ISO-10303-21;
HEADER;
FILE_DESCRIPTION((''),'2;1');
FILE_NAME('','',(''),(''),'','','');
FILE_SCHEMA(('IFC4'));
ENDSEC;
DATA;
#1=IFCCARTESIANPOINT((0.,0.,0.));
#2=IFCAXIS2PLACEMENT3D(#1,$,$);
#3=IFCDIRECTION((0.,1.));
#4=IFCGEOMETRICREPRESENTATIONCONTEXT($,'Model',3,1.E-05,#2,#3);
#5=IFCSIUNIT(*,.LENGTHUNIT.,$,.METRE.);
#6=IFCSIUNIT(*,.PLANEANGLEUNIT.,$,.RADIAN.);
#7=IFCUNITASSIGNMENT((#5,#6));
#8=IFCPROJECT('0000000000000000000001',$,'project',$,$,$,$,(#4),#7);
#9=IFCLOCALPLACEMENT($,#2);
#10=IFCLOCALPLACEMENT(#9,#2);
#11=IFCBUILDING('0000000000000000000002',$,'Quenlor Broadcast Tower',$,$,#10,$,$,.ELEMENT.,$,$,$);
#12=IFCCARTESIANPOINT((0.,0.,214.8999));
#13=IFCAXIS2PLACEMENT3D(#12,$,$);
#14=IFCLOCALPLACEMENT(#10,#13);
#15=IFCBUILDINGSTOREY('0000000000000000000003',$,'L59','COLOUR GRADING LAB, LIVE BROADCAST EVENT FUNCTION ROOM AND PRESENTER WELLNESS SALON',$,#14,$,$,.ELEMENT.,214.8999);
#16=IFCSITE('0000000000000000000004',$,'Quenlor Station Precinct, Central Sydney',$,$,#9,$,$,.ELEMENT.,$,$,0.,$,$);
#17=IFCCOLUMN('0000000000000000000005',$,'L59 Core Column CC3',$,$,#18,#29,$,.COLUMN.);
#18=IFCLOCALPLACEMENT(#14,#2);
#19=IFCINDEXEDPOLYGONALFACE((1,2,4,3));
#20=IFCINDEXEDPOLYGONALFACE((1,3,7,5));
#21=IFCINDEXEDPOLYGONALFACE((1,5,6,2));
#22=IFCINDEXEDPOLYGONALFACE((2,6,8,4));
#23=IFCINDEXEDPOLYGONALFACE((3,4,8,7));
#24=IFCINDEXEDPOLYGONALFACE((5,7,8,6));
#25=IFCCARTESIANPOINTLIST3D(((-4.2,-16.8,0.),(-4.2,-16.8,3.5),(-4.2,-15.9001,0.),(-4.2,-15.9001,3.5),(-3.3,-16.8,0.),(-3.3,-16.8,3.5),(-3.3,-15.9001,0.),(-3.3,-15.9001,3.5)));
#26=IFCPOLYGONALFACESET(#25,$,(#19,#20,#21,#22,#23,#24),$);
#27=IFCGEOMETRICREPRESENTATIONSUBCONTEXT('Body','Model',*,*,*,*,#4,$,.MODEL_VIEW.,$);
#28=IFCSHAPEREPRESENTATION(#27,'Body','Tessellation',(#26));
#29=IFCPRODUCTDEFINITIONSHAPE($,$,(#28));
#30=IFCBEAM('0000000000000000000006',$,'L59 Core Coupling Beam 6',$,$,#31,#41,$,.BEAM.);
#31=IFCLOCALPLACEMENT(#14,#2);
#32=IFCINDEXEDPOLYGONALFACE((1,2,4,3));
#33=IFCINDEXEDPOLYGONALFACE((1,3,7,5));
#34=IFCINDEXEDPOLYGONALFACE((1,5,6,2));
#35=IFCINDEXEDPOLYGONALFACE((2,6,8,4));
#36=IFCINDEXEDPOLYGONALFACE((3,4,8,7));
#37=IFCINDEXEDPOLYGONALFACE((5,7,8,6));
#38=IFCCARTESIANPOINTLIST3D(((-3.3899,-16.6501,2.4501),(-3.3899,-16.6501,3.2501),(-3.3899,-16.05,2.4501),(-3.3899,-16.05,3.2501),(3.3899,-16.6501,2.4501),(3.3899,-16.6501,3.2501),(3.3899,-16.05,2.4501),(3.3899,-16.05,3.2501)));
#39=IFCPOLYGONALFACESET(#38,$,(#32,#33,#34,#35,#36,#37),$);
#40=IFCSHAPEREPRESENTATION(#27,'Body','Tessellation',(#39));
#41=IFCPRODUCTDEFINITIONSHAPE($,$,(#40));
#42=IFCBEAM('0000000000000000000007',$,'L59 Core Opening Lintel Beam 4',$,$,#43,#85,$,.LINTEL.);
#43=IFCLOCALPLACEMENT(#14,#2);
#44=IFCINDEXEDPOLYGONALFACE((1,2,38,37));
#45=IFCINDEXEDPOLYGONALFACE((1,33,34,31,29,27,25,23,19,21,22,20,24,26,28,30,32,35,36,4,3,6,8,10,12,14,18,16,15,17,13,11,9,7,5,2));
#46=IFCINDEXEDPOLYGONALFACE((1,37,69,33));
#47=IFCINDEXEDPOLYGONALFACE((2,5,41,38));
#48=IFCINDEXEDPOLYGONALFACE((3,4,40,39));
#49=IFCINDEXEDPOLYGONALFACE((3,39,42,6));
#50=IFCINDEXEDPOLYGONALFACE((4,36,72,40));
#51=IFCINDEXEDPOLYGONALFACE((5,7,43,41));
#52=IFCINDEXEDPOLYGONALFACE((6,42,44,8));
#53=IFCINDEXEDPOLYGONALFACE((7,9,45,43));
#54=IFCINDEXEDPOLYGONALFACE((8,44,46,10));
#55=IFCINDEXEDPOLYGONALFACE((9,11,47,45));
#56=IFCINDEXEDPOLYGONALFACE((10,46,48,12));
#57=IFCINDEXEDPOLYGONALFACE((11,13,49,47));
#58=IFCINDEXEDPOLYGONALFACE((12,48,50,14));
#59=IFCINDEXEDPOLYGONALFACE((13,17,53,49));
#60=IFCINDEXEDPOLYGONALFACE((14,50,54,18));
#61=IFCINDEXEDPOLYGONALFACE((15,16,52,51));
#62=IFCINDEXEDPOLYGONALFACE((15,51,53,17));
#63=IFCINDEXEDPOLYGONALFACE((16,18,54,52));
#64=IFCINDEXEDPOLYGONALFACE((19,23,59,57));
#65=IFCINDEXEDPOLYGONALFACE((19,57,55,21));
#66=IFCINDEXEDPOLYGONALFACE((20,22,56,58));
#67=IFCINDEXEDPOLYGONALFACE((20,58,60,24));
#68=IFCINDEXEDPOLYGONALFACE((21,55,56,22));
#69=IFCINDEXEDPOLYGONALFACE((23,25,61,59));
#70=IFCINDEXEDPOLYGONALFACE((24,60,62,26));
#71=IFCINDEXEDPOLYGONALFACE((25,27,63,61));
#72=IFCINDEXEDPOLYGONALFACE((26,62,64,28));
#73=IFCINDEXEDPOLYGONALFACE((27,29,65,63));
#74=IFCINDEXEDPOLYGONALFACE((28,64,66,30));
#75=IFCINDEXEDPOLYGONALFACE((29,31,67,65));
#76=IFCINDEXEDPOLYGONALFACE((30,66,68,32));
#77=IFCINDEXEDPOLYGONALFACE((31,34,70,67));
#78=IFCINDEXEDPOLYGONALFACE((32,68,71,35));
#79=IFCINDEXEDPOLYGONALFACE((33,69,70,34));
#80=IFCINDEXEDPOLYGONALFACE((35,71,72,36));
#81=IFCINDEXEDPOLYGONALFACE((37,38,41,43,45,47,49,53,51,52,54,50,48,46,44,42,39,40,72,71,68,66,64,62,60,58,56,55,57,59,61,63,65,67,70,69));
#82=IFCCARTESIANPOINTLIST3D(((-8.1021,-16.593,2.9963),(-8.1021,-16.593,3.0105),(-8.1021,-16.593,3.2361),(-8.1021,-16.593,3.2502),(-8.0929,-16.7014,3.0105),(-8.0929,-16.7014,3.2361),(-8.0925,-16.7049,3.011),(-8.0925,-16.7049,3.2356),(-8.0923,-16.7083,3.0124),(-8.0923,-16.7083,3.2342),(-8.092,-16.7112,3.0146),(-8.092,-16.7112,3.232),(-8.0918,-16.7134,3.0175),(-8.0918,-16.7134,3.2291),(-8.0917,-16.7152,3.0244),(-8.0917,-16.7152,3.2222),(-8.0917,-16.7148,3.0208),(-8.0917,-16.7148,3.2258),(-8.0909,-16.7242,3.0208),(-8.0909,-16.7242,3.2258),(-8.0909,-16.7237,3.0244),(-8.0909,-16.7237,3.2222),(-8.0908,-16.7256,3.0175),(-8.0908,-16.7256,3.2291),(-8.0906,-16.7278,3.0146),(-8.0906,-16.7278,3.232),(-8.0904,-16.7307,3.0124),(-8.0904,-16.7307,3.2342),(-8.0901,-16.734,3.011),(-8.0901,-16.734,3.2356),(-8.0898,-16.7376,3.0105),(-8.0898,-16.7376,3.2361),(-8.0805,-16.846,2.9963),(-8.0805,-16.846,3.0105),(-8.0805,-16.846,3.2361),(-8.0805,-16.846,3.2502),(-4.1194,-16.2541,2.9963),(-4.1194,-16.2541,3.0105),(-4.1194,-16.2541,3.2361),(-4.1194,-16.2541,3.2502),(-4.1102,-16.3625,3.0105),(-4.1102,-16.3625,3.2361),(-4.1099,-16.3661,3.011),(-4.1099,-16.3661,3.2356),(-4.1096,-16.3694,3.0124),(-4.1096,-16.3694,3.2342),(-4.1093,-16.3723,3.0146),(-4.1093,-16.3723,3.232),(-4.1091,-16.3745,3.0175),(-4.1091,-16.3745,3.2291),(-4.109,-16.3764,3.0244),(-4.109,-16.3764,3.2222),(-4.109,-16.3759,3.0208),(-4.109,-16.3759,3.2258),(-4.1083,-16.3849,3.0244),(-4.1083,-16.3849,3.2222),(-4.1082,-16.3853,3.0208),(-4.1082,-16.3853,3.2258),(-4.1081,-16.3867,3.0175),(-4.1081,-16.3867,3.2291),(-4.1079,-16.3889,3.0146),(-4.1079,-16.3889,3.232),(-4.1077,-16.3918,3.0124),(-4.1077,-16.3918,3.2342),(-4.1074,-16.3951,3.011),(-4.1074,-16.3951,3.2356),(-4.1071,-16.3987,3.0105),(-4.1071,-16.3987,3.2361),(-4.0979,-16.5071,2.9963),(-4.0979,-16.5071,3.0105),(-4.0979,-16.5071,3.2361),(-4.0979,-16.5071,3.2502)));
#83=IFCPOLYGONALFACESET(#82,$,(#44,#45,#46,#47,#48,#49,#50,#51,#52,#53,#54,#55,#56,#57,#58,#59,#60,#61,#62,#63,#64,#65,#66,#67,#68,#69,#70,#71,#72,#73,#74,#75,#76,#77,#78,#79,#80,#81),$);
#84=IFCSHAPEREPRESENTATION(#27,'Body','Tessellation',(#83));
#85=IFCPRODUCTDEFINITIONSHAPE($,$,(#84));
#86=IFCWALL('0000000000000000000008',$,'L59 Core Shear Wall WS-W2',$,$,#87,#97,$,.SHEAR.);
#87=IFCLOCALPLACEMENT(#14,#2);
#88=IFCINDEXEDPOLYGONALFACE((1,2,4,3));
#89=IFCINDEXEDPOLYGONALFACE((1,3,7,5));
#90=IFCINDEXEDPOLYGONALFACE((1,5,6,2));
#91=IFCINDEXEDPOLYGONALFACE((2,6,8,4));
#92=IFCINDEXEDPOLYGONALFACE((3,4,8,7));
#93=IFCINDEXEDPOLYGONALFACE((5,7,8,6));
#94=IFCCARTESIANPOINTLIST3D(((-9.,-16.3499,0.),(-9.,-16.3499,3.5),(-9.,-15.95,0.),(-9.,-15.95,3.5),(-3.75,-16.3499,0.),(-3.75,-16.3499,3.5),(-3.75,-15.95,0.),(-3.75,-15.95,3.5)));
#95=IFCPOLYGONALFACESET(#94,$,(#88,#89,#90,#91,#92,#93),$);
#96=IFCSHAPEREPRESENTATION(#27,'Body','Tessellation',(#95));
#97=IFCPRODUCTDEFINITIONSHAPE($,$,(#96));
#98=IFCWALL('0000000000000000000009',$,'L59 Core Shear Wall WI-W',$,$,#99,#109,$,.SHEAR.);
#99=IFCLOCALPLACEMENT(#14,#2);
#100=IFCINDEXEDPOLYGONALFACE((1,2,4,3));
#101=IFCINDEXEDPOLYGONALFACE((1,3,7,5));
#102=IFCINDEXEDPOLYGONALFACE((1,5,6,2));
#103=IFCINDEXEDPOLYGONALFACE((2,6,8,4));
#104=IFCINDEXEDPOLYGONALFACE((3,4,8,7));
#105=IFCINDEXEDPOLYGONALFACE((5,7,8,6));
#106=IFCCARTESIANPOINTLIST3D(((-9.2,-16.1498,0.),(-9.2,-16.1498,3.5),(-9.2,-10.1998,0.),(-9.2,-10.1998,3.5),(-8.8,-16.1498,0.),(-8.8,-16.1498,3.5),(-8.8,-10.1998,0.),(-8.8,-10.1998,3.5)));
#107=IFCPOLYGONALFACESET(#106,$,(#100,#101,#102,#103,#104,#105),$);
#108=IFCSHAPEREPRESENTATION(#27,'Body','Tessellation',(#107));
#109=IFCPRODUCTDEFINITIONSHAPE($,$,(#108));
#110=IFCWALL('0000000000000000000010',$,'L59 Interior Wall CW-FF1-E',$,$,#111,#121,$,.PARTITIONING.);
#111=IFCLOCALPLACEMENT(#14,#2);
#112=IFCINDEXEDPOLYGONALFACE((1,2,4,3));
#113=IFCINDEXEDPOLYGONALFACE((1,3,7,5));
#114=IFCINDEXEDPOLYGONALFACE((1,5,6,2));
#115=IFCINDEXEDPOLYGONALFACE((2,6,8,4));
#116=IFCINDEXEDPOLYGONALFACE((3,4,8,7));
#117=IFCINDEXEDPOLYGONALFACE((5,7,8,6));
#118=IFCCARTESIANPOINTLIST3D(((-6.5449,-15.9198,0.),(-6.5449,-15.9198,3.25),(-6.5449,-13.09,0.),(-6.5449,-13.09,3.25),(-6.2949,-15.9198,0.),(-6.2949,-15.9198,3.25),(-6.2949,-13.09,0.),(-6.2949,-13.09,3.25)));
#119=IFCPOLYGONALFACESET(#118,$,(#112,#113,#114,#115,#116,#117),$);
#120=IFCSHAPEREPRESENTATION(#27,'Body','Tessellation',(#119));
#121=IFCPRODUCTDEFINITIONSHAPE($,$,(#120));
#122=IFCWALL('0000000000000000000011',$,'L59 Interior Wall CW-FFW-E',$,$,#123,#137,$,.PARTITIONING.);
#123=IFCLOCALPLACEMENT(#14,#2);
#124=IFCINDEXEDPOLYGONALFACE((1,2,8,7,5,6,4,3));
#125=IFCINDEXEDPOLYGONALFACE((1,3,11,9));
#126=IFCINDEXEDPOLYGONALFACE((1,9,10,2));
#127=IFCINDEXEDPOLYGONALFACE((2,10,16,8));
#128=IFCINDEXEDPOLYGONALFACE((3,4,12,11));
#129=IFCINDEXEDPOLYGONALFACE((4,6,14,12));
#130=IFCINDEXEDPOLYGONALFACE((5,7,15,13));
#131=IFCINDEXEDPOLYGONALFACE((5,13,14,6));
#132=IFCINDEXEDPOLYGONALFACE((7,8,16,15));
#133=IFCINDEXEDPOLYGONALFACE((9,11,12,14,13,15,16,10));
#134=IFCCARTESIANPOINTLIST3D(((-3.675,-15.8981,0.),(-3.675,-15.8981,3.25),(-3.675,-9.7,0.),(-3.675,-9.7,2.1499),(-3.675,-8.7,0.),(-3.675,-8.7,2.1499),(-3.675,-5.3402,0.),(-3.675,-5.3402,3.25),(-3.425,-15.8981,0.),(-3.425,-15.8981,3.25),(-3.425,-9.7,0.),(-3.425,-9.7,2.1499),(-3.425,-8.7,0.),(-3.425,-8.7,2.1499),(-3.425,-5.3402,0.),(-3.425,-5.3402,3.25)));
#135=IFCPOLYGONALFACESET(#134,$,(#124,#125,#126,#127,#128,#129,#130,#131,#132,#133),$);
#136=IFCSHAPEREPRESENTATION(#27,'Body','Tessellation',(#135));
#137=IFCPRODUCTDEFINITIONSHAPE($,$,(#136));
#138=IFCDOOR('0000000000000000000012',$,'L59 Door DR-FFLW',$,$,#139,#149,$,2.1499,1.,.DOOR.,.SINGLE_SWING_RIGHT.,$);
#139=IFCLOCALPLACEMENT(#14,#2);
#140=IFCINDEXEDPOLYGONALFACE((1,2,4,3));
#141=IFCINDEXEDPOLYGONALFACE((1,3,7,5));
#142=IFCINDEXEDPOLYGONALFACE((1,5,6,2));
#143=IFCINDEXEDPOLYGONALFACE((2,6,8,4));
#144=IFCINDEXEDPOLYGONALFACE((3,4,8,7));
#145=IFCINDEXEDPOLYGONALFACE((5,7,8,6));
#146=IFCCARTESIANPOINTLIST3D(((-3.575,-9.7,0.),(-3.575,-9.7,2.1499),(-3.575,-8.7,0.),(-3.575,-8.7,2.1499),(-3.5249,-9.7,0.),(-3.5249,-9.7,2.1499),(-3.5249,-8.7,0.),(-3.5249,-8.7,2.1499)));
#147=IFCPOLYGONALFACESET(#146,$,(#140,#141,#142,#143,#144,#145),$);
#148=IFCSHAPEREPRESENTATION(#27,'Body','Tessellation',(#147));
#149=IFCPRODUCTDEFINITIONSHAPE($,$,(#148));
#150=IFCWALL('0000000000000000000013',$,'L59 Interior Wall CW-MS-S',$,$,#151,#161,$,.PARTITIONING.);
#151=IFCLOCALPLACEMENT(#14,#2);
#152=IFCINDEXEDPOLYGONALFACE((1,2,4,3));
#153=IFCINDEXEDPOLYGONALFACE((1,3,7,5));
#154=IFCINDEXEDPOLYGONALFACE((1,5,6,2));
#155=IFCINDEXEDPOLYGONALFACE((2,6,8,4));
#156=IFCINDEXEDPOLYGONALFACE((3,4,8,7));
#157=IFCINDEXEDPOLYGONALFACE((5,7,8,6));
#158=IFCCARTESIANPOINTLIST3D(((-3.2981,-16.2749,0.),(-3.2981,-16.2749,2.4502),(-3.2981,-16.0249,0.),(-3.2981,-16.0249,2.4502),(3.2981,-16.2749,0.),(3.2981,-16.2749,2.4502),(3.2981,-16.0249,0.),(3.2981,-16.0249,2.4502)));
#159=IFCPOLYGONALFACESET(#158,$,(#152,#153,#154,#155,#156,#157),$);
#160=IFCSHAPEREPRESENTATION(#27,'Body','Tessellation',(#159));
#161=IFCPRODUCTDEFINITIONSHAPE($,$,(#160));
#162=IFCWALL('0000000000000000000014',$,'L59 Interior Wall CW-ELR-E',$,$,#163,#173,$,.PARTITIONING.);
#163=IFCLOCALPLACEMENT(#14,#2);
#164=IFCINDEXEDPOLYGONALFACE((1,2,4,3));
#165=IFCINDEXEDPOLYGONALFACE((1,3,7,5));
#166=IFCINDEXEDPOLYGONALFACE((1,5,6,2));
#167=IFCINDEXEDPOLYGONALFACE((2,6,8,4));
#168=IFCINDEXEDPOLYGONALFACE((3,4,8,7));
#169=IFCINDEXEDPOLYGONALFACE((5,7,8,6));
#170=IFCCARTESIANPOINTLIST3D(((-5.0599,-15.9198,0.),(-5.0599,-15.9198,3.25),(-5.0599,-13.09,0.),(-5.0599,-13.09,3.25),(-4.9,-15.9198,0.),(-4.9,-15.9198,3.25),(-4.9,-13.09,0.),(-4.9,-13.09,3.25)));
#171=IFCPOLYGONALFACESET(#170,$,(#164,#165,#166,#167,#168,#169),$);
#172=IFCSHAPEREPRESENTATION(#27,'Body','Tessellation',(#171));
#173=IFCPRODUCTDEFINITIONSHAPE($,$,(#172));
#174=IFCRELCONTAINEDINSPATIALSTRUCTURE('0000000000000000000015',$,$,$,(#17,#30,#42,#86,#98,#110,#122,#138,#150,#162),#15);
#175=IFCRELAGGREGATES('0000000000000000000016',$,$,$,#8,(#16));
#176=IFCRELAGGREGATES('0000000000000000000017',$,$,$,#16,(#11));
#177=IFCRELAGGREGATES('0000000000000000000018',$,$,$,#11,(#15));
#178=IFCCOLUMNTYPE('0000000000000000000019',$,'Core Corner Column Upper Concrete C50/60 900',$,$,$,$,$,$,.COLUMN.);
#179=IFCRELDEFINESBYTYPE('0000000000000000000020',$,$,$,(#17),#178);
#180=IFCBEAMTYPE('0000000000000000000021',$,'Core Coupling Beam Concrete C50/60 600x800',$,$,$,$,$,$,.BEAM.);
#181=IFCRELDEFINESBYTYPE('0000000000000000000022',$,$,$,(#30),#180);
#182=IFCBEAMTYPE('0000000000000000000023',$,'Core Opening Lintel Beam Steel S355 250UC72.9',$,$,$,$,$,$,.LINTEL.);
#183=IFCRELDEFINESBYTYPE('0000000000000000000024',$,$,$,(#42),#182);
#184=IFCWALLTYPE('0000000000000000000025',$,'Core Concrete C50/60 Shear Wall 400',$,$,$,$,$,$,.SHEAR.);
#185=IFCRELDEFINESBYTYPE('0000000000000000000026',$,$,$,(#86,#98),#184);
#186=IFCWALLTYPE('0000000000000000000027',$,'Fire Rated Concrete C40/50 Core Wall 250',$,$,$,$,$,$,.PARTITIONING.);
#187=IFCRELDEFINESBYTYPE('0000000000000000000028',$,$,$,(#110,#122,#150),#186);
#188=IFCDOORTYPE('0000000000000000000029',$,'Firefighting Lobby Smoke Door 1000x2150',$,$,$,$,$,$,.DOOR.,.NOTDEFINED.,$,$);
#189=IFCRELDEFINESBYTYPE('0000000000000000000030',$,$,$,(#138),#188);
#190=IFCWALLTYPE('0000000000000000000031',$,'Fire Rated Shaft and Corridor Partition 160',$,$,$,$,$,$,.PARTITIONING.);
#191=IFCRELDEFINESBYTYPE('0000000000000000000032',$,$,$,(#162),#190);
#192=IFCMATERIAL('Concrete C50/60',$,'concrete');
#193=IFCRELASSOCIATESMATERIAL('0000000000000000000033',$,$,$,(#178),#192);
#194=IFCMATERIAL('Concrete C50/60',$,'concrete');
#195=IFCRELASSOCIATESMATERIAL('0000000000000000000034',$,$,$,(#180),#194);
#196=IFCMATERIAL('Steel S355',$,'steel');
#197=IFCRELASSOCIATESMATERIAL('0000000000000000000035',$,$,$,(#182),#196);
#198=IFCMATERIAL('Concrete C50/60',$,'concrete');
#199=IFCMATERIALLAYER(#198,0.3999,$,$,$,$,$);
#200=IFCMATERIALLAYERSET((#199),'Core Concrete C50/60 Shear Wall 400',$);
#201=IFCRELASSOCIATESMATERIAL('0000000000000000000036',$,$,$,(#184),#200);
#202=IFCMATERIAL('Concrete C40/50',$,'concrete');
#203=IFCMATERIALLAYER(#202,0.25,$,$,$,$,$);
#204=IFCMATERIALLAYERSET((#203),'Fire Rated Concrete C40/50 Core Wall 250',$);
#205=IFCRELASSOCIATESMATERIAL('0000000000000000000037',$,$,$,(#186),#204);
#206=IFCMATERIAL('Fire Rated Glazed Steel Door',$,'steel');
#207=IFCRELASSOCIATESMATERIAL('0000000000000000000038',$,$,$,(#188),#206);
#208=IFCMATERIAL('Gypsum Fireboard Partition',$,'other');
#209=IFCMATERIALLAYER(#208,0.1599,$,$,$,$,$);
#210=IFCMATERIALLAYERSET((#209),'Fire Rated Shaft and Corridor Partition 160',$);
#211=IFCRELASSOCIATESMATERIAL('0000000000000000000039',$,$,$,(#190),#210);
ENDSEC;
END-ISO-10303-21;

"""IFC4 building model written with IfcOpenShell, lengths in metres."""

from ifc_helpers import new_model, si_unit, direction, frame, frame_2d, origin, origin_2d, place, context, subcontext, project, spatial, rectangle, i_section, extrude, material, layer, layer_set, material_profile, profile_set, type_object, element, fill, save


model = new_model("IFC4")

# Units and contexts
model_context = context("Model", 3, precision=1e-05, world=origin(), true_north=direction((0.0, 1.0)))
body_context = subcontext(model_context, "Body", "Model", "MODEL_VIEW")
ifc_project = project(units=[si_unit("LENGTHUNIT", "METRE"), si_unit("PLANEANGLEUNIT", "RADIAN")], contexts=[model_context])

# Site, building, storey
site_placement = place(None, origin())
site = spatial("IfcSite", under=ifc_project, at=site_placement, Name="Quenlor Station Precinct, Central Sydney", CompositionType="ELEMENT", RefElevation=0.0)
building_placement = place(site_placement, origin())
building = spatial("IfcBuilding", under=site, at=building_placement, Name="Quenlor Broadcast Tower", CompositionType="ELEMENT")
storey_placement = place(building_placement, frame((0.0, 0.0, 214.8999)))
storey = spatial("IfcBuildingStorey", under=building, at=storey_placement, Name="L59", Description="COLOUR GRADING LAB, LIVE BROADCAST EVENT FUNCTION ROOM AND PRESENTER WELLNESS SALON", CompositionType="ELEMENT", Elevation=214.8999)

# Column
ifc_material_1 = material(Name="Concrete C50/60", Category="concrete")
ifc_material_profile_1 = material_profile(ifc_material_1, rectangle(XDim=0.8999, YDim=0.8999, at=origin_2d()))
ifc_profile_set_1 = profile_set([ifc_material_profile_1], Name="Concrete C50/60 RC900x900")
column_type = type_object("IfcColumnType", Name="Core Corner Column Upper Concrete C50/60 900", PredefinedType="COLUMN", material=ifc_profile_set_1)
column_placement = place(storey_placement, frame((-3.75, -16.3501, 0.0), z_axis=(0.0, 0.0, 1.0), x_axis=(1.0, 0.0, 0.0)))
element("IfcColumn", 1, at=column_placement, inside=storey, type_object=column_type, Name="L59 Core Column CC3", PredefinedType="COLUMN", context=body_context, shape_type="SweptSolid", body=[
    extrude(rectangle(XDim=0.8999, YDim=0.8999, at=origin_2d()), origin(), (0.0, 0.0, 1.0), 3.5),
])

# Beams
ifc_material_2 = material(Name="Concrete C50/60", Category="concrete")
ifc_material_profile_2 = material_profile(ifc_material_2, rectangle(XDim=0.6001, YDim=0.8, at=origin_2d()))
ifc_profile_set_2 = profile_set([ifc_material_profile_2], Name="Concrete C50/60 RCB600x800")
beam_type_1 = type_object("IfcBeamType", Name="Core Coupling Beam Concrete C50/60 600x800", PredefinedType="BEAM", material=ifc_profile_set_2)
beam_1_placement = place(storey_placement, frame((-3.3899, -16.3501, 2.8501), z_axis=(1.0, 0.0, 0.0), x_axis=(0.0, 1.0, 0.0)))
element("IfcBeam", 2, at=beam_1_placement, inside=storey, type_object=beam_type_1, Name="L59 Core Coupling Beam 6", PredefinedType="BEAM", context=body_context, shape_type="SweptSolid", body=[
    extrude(rectangle(XDim=0.6001, YDim=0.8, at=origin_2d()), origin(), (0.0, 0.0, 1.0), 6.7798),
])
ifc_material_3 = material(Name="Steel S355", Category="steel")
ifc_material_profile_3 = material_profile(ifc_material_3, i_section(OverallWidth=0.2539, OverallDepth=0.2539, WebThickness=0.0085, FlangeThickness=0.0142, FilletRadius=0.0139, at=origin_2d()))
ifc_profile_set_3 = profile_set([ifc_material_profile_3], Name="Steel S355 250UC72.9")
beam_type_2 = type_object("IfcBeamType", Name="Core Opening Lintel Beam Steel S355 250UC72.9", PredefinedType="LINTEL", material=ifc_profile_set_3)
beam_2_placement = place(storey_placement, frame((-8.0913, -16.7195, 3.1233), z_axis=(0.9964, 0.084779, 0.0), x_axis=(-0.084779, 0.9964, 0.0)))
element("IfcBeam", 3, at=beam_2_placement, inside=storey, type_object=beam_type_2, Name="L59 Core Opening Lintel Beam 4", PredefinedType="LINTEL", context=body_context, shape_type="SweptSolid", body=[
    extrude(i_section(OverallWidth=0.2539, OverallDepth=0.2539, WebThickness=0.0085, FlangeThickness=0.0142, FilletRadius=0.0139, at=origin_2d()), origin(), (0.0, 0.0, 1.0), 3.9971),
])

# Walls
ifc_material_4 = material(Name="Concrete C50/60", Category="concrete")
ifc_layer_1 = layer(ifc_material_4, 0.3999)
ifc_layer_set_1 = layer_set([ifc_layer_1], Name="Core Concrete C50/60 Shear Wall 400")
wall_type_1 = type_object("IfcWallType", Name="Core Concrete C50/60 Shear Wall 400", PredefinedType="SHEAR", material=ifc_layer_set_1)
wall_1_placement = place(storey_placement, frame((-9.0, -16.1499, 0.0), z_axis=(0.0, 0.0, 1.0), x_axis=(1.0, 0.0, 0.0)))
element("IfcWall", 4, at=wall_1_placement, inside=storey, type_object=wall_type_1, Name="L59 Core Shear Wall WS-W2", PredefinedType="SHEAR", context=body_context, shape_type="SweptSolid", body=[
    extrude(rectangle(XDim=5.25, YDim=0.3999, at=frame_2d((2.625, 0.0))), origin(), (0.0, 0.0, 1.0), 3.5),
])
wall_2_placement = place(storey_placement, frame((-9.0, -16.1499, 0.0), z_axis=(0.0, 0.0, 1.0), x_axis=(0.0, 1.0, 0.0)))
element("IfcWall", 5, at=wall_2_placement, inside=storey, type_object=wall_type_1, Name="L59 Core Shear Wall WI-W", PredefinedType="SHEAR", context=body_context, shape_type="SweptSolid", body=[
    extrude(rectangle(XDim=5.95, YDim=0.3999, at=frame_2d((2.9751, 0.0))), origin(), (0.0, 0.0, 1.0), 3.5),
])

# Shared definitions
ifc_material_5 = material(Name="Concrete C40/50", Category="concrete")
ifc_layer_2 = layer(ifc_material_5, 0.25)
ifc_layer_set_2 = layer_set([ifc_layer_2], Name="Fire Rated Concrete C40/50 Core Wall 250")
wall_type_2 = type_object("IfcWallType", Name="Fire Rated Concrete C40/50 Core Wall 250", PredefinedType="PARTITIONING", material=ifc_layer_set_2)

# Wall
wall_3_placement = place(storey_placement, frame((-6.4199, -15.9199, 0.0), z_axis=(0.0, 0.0, 1.0), x_axis=(0.0, 1.0, 0.0)))
element("IfcWall", 6, at=wall_3_placement, inside=storey, type_object=wall_type_2, Name="L59 Interior Wall CW-FF1-E", PredefinedType="PARTITIONING", context=body_context, shape_type="SweptSolid", body=[
    extrude(rectangle(XDim=2.8298, YDim=0.25, at=frame_2d((1.415, 0.0))), origin(), (0.0, 0.0, 1.0), 3.25),
])

# Wall, opening, door
wall_4_placement = place(storey_placement, frame((-3.55, -15.8979, 0.0), z_axis=(0.0, 0.0, 1.0), x_axis=(0.0, 1.0, 0.0)))
wall_4 = element("IfcWall", 7, at=wall_4_placement, inside=storey, type_object=wall_type_2, Name="L59 Interior Wall CW-FFW-E", PredefinedType="PARTITIONING", context=body_context, shape_type="SweptSolid", body=[
    extrude(rectangle(XDim=10.5579, YDim=0.25, at=frame_2d((5.2788, 0.0))), origin(), (0.0, 0.0, 1.0), 3.25),
])
opening_1_placement = place(wall_4_placement, frame((6.198, 0.0, 0.0)))
opening_1 = element("IfcOpeningElement", 8, at=opening_1_placement, cuts=wall_4, PredefinedType="OPENING", context=body_context, shape_type="SweptSolid", body=[
    extrude(rectangle(XDim=1.0, YDim=2.1499, at=frame_2d((0.5, 1.075))), frame((0.0, 0.135, 0.0), z_axis=(0.0, -1.0, 0.0), x_axis=(1.0, 0.0, 0.0)), (0.0, 0.0, 1.0), 0.27),
])
ifc_material_6 = material(Name="Fire Rated Glazed Steel Door", Category="steel")
door_type_1 = type_object("IfcDoorType", Name="Firefighting Lobby Smoke Door 1000x2150", OperationType="NOTDEFINED", PredefinedType="DOOR", material=ifc_material_6)
door_1_placement = place(opening_1_placement, origin())
door_1 = element("IfcDoor", 9, at=door_1_placement, inside=storey, type_object=door_type_1, Name="L59 Door DR-FFLW", OperationType="SINGLE_SWING_RIGHT", OverallHeight=2.1499, OverallWidth=1.0, PredefinedType="DOOR", context=body_context, shape_type="SweptSolid", body=[
    extrude(rectangle(XDim=1.0, YDim=2.1499, at=frame_2d((0.5, 1.075))), frame((0.0, 0.0249, 0.0), z_axis=(0.0, -1.0, 0.0), x_axis=(1.0, 0.0, 0.0)), (0.0, 0.0, 1.0), 0.05),
])
fill(opening_1, door_1)

# Walls
wall_5_placement = place(storey_placement, frame((-3.2981, -16.1499, 0.0), z_axis=(0.0, 0.0, 1.0), x_axis=(1.0, 0.0, 0.0)))
element("IfcWall", 10, at=wall_5_placement, inside=storey, type_object=wall_type_2, Name="L59 Interior Wall CW-MS-S", PredefinedType="PARTITIONING", context=body_context, shape_type="SweptSolid", body=[
    extrude(rectangle(XDim=6.5962, YDim=0.25, at=frame_2d((3.2981, 0.0))), origin(), (0.0, 0.0, 1.0), 2.4502),
])
ifc_material_7 = material(Name="Gypsum Fireboard Partition", Category="other")
ifc_layer_3 = layer(ifc_material_7, 0.1599)
ifc_layer_set_3 = layer_set([ifc_layer_3], Name="Fire Rated Shaft and Corridor Partition 160")
wall_type_3 = type_object("IfcWallType", Name="Fire Rated Shaft and Corridor Partition 160", PredefinedType="PARTITIONING", material=ifc_layer_set_3)
wall_6_placement = place(storey_placement, frame((-4.98, -15.9199, 0.0), z_axis=(0.0, 0.0, 1.0), x_axis=(0.0, 1.0, 0.0)))
element("IfcWall", 11, at=wall_6_placement, inside=storey, type_object=wall_type_3, Name="L59 Interior Wall CW-ELR-E", PredefinedType="PARTITIONING", context=body_context, shape_type="SweptSolid", body=[
    extrude(rectangle(XDim=2.8298, YDim=0.1599, at=frame_2d((1.415, 0.0))), origin(), (0.0, 0.0, 1.0), 3.25),
])

save(model, "model.ifc")
